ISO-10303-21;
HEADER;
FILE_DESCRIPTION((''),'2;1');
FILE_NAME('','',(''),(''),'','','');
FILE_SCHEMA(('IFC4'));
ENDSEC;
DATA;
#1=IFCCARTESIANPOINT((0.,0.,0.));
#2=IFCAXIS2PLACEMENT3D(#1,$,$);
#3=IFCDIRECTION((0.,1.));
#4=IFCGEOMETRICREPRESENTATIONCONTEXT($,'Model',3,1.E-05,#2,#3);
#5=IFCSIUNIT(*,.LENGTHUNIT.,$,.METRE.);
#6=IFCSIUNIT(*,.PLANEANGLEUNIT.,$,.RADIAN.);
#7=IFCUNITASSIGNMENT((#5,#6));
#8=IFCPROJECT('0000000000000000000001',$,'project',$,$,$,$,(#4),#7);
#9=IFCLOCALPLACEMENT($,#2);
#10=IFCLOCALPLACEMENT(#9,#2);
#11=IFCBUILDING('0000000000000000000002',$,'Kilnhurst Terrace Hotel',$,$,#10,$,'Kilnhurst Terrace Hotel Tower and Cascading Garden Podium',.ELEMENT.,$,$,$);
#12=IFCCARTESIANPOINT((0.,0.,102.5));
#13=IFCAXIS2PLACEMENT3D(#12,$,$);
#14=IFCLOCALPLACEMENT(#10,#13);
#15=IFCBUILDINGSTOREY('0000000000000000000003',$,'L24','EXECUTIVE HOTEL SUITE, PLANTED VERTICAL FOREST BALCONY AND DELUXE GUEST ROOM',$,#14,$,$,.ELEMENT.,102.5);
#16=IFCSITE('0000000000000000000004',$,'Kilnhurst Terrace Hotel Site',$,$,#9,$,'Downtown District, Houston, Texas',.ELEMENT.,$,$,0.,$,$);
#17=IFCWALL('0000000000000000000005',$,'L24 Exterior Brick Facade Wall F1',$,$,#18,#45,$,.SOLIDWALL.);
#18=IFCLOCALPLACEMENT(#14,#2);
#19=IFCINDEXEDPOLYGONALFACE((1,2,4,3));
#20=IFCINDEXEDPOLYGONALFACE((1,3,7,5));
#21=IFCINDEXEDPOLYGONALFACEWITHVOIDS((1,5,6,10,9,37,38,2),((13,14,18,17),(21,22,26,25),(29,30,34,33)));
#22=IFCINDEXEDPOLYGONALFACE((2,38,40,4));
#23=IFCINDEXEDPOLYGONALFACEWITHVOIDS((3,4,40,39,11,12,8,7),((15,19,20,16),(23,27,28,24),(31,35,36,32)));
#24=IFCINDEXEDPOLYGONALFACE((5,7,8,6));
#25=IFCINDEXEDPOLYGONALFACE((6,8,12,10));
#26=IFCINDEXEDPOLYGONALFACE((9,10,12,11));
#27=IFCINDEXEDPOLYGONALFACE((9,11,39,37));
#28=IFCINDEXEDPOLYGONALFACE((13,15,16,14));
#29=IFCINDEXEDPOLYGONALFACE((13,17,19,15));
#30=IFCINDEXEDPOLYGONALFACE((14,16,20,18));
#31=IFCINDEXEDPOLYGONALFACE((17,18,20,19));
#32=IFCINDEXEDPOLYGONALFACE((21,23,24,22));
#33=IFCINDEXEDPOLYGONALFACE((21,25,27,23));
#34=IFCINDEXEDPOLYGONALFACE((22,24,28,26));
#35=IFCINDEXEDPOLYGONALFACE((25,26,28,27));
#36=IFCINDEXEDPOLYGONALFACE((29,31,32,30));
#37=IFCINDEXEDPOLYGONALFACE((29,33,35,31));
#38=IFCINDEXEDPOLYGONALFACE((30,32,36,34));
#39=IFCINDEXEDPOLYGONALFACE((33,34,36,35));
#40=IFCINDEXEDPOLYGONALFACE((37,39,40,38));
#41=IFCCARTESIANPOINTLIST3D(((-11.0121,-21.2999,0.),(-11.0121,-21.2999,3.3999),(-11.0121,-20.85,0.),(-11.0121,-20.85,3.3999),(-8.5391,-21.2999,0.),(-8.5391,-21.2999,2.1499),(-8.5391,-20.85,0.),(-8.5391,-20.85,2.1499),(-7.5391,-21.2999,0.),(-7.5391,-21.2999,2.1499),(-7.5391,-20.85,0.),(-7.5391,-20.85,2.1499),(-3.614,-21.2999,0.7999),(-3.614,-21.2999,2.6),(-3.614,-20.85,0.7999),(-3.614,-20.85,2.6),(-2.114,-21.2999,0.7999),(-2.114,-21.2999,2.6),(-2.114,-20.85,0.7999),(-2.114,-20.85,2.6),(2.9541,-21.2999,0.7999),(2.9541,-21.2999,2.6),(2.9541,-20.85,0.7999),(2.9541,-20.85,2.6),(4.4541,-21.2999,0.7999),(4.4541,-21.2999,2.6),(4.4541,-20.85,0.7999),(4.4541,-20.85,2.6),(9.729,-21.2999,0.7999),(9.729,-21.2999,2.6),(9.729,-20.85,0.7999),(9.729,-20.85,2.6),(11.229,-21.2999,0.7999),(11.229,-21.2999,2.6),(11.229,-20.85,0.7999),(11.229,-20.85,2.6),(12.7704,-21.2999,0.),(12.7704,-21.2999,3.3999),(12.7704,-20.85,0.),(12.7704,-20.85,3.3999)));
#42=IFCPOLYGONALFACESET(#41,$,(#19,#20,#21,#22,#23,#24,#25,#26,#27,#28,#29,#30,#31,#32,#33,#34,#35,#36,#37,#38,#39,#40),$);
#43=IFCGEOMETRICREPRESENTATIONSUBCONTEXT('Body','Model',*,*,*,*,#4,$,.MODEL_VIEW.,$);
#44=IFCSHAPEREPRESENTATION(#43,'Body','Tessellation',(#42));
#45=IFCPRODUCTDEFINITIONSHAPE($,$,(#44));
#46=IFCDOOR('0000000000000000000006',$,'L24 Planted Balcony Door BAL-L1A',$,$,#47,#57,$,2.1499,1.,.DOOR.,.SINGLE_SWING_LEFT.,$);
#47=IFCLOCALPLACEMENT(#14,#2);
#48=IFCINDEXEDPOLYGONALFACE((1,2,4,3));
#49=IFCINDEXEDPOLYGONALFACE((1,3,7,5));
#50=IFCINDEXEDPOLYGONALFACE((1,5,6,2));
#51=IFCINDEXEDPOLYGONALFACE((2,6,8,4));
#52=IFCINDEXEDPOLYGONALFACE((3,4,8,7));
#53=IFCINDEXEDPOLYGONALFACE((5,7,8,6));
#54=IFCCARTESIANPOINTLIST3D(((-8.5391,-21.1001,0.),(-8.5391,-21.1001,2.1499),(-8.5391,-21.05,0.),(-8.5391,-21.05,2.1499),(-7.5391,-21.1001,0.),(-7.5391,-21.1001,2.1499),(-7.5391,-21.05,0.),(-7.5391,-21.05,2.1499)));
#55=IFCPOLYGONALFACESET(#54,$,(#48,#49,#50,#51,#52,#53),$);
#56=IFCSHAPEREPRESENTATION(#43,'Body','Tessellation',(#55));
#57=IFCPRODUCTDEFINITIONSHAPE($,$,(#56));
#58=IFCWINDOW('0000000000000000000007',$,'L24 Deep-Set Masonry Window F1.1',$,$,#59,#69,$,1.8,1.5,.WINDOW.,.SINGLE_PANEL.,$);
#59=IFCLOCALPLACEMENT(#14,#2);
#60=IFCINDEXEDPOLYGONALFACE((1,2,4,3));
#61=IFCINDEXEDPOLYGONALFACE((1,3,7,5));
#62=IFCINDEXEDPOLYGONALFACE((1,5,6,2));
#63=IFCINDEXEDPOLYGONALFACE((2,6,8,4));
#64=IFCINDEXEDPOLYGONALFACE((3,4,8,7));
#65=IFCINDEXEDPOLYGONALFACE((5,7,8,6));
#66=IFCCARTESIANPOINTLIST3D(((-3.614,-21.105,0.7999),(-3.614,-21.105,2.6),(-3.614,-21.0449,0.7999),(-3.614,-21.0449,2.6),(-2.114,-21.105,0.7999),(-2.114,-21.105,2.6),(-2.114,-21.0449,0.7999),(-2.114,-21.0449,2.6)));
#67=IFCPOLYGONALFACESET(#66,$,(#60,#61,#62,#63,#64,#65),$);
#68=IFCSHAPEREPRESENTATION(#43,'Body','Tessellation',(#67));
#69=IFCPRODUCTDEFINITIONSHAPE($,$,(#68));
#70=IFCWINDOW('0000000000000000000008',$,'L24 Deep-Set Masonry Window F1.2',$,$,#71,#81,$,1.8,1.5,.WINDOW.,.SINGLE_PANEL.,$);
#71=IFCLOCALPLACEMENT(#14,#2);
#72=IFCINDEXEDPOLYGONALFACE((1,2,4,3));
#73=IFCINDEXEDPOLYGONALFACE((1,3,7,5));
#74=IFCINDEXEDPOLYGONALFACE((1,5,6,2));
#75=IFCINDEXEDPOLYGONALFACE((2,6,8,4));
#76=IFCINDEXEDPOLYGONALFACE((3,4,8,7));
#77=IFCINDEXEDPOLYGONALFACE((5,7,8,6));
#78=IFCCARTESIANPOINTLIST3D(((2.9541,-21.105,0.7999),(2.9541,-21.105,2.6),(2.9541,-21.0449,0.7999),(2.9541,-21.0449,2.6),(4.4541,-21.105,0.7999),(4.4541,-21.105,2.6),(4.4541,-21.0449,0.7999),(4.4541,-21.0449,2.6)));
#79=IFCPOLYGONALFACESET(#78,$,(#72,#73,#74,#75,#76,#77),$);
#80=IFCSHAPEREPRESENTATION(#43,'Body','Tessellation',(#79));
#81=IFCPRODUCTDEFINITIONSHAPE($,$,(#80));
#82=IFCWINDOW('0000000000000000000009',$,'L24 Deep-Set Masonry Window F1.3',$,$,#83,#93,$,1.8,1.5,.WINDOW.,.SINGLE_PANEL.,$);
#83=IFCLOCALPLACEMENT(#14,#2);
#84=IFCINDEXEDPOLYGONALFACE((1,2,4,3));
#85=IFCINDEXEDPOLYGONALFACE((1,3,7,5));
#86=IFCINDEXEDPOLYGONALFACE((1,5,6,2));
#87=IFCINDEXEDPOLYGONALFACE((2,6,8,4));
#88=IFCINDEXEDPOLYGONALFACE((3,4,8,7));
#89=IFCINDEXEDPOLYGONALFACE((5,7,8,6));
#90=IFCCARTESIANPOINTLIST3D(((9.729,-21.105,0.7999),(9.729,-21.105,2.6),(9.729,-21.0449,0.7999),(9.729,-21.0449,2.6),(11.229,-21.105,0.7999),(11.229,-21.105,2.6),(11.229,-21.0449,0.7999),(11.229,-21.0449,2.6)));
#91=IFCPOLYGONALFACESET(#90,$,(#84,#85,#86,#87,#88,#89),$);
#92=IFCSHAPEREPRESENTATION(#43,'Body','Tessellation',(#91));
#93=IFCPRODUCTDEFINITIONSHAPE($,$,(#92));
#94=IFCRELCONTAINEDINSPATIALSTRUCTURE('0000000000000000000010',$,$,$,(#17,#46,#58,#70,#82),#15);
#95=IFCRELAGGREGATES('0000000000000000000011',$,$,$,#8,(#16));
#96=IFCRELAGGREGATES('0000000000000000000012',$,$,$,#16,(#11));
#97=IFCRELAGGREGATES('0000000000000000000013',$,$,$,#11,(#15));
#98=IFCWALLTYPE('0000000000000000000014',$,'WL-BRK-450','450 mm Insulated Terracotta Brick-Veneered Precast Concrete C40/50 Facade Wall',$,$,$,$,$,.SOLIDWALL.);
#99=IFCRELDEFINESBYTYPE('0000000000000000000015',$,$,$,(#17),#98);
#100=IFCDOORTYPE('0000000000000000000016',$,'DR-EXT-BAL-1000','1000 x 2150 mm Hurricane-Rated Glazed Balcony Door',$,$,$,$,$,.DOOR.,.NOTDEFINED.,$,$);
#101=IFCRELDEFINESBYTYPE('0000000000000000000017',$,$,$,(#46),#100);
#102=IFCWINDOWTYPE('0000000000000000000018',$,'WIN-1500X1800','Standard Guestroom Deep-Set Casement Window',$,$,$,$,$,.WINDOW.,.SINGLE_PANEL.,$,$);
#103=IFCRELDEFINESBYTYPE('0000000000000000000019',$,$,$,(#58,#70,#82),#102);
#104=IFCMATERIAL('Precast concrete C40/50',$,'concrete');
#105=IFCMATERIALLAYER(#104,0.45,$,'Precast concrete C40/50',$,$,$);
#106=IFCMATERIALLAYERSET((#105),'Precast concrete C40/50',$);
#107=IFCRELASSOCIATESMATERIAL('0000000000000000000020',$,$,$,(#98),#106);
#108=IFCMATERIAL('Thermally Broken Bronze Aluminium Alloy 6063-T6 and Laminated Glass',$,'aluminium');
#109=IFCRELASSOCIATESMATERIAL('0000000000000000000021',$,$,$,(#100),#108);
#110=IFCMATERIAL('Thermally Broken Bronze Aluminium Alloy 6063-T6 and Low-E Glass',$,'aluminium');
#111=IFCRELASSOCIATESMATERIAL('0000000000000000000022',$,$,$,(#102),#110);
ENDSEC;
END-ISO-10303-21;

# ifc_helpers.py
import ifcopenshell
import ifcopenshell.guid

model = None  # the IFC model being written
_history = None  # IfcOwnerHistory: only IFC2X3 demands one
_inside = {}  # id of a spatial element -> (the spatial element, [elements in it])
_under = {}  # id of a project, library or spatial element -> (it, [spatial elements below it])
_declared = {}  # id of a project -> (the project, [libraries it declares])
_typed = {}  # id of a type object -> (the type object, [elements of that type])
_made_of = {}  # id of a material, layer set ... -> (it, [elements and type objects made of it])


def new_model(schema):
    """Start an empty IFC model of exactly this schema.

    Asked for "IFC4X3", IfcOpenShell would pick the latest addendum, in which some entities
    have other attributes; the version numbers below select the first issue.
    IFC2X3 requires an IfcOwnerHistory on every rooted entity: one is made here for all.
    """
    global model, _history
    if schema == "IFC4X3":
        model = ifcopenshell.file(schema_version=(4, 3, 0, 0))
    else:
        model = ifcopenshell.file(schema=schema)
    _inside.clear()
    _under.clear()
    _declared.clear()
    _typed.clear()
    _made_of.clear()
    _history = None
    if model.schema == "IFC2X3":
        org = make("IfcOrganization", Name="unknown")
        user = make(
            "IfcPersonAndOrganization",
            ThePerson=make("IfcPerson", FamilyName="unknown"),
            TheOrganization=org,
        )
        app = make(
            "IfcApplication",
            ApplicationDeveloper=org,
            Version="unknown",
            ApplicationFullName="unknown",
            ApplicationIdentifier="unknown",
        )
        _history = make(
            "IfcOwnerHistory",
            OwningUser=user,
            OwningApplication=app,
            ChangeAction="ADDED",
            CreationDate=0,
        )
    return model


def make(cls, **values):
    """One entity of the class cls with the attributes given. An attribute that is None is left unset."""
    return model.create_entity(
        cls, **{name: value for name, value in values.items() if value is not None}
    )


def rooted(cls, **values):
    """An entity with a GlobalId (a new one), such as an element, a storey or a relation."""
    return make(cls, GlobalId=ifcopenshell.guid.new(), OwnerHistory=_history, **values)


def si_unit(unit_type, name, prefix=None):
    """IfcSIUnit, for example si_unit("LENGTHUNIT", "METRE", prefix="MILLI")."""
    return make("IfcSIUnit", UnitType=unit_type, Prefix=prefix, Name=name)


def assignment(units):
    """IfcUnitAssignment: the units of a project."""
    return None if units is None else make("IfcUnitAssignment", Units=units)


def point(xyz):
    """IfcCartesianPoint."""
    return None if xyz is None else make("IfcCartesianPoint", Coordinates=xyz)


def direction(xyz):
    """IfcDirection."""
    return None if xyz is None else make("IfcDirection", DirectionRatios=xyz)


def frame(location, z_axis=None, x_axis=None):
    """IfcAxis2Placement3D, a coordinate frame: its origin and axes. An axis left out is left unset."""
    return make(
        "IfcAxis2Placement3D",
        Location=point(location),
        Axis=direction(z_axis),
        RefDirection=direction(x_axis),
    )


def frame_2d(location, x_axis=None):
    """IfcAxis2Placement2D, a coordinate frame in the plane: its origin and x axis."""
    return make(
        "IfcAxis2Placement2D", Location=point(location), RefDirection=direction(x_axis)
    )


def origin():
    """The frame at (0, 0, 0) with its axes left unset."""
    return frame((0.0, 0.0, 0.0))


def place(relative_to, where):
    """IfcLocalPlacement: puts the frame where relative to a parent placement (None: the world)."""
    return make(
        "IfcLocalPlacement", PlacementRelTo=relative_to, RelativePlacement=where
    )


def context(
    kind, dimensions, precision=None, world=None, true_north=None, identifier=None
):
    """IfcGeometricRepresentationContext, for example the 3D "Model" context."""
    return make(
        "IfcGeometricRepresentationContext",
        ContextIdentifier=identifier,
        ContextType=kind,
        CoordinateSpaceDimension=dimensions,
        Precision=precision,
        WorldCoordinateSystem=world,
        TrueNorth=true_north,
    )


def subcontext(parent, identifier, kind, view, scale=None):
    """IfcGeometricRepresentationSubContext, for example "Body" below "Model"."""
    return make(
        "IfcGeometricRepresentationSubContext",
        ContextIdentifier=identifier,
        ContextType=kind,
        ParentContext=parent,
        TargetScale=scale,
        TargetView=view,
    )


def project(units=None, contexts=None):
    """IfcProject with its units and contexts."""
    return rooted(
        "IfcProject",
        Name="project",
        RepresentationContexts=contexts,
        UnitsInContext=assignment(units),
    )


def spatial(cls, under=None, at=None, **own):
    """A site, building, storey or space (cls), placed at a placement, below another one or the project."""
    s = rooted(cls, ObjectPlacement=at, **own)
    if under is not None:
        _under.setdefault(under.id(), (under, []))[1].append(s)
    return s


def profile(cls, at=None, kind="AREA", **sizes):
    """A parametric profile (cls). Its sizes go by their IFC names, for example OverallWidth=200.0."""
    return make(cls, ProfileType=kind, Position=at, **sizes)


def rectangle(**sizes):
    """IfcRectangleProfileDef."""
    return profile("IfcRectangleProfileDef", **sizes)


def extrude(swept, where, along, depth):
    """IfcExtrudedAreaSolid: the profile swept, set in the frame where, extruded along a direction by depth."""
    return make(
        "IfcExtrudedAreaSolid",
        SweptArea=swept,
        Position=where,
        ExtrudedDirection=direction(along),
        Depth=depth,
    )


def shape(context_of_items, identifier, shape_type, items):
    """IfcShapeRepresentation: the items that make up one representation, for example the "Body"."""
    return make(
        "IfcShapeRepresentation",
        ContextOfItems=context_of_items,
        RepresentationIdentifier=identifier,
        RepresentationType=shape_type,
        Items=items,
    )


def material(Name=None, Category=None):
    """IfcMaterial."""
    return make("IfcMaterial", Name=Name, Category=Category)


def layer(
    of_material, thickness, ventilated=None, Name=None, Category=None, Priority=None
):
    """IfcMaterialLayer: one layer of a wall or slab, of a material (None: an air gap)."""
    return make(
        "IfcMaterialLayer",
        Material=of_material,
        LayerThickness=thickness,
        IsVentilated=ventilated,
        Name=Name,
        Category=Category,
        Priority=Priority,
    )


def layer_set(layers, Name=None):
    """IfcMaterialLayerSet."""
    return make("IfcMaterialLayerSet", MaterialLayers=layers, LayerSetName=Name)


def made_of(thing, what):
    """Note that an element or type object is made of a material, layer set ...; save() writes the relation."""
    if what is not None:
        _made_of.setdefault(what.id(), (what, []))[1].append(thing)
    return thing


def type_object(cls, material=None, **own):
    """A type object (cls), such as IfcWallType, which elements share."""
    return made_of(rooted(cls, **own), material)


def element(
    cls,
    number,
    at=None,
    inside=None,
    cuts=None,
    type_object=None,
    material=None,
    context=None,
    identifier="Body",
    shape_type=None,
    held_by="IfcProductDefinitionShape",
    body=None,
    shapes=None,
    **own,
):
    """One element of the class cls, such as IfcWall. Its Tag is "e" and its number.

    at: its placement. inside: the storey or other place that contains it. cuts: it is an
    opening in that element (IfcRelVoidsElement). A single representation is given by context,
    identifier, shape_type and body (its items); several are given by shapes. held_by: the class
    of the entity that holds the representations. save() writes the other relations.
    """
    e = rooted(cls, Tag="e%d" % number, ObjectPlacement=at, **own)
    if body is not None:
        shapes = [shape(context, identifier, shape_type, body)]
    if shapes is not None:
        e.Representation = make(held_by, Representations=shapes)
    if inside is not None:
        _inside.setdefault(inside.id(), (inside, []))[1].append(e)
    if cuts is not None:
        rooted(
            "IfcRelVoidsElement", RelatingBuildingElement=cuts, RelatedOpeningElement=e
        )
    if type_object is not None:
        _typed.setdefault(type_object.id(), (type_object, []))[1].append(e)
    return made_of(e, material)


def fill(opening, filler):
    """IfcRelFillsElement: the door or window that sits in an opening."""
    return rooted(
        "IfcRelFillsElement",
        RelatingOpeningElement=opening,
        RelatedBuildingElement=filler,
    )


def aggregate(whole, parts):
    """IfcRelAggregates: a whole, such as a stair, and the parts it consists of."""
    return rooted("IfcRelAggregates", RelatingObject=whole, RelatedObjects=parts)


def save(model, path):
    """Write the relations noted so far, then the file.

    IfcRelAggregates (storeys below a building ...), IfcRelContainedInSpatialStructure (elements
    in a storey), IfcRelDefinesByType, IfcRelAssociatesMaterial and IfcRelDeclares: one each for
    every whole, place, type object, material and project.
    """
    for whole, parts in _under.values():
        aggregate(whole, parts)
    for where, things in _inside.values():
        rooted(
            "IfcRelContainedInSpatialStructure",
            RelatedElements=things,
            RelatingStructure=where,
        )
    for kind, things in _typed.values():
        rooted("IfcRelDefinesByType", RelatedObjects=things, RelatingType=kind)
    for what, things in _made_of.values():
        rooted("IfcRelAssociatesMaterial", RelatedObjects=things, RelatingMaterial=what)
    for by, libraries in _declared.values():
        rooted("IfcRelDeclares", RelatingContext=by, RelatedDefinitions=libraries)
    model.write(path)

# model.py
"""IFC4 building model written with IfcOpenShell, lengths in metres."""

from ifc_helpers import new_model, si_unit, direction, frame, frame_2d, origin, place, context, subcontext, project, spatial, rectangle, extrude, material, layer, layer_set, type_object, element, fill, save


model = new_model("IFC4")

# Units and contexts
model_context = context("Model", 3, precision=1e-05, world=origin(), true_north=direction((0.0, 1.0)))
body_context = subcontext(model_context, "Body", "Model", "MODEL_VIEW")
ifc_project = project(units=[si_unit("LENGTHUNIT", "METRE"), si_unit("PLANEANGLEUNIT", "RADIAN")], contexts=[model_context])

# Site, building, storey
site_placement = place(None, origin())
site = spatial("IfcSite", under=ifc_project, at=site_placement, Name="Kilnhurst Terrace Hotel Site", LongName="Downtown District, Houston, Texas", CompositionType="ELEMENT", RefElevation=0.0)
building_placement = place(site_placement, origin())
building = spatial("IfcBuilding", under=site, at=building_placement, Name="Kilnhurst Terrace Hotel", LongName="Kilnhurst Terrace Hotel Tower and Cascading Garden Podium", CompositionType="ELEMENT")
storey_placement = place(building_placement, frame((0.0, 0.0, 102.5)))
storey = spatial("IfcBuildingStorey", under=building, at=storey_placement, Name="L24", Description="EXECUTIVE HOTEL SUITE, PLANTED VERTICAL FOREST BALCONY AND DELUXE GUEST ROOM", CompositionType="ELEMENT", Elevation=102.5)

# Shared definitions
ifc_material_1 = material(Name="Precast concrete C40/50", Category="concrete")
ifc_layer_1 = layer(ifc_material_1, 0.45, Name="Precast concrete C40/50")
ifc_layer_set_1 = layer_set([ifc_layer_1], Name="Precast concrete C40/50")
wall_type_1 = type_object("IfcWallType", Name="WL-BRK-450", Description="450 mm Insulated Terracotta Brick-Veneered Precast Concrete C40/50 Facade Wall", PredefinedType="SOLIDWALL", material=ifc_layer_set_1)

# Wall, openings, door, windows
wall_1_placement = place(storey_placement, frame((-11.012, -21.075, 0.0), z_axis=(0.0, 0.0, 1.0), x_axis=(1.0, 0.0, 0.0)))
wall_1 = element("IfcWall", 1, at=wall_1_placement, inside=storey, type_object=wall_type_1, Name="L24 Exterior Brick Facade Wall F1", PredefinedType="SOLIDWALL", context=body_context, shape_type="SweptSolid", body=[
    extrude(rectangle(XDim=23.7825, YDim=0.45, at=frame_2d((11.8911, 0.0))), origin(), (0.0, 0.0, 1.0), 3.3999),
])
opening_1_placement = place(wall_1_placement, frame((2.4729, 0.0, 0.0)))
opening_1 = element("IfcOpeningElement", 2, at=opening_1_placement, cuts=wall_1, PredefinedType="OPENING", context=body_context, shape_type="SweptSolid", body=[
    extrude(rectangle(XDim=1.0, YDim=2.1499, at=frame_2d((0.5, 1.075))), frame((0.0, 0.2349, 0.0), z_axis=(0.0, -1.0, 0.0), x_axis=(1.0, 0.0, 0.0)), (0.0, 0.0, 1.0), 0.47),
])
opening_2_placement = place(wall_1_placement, frame((7.3979, 0.0, 0.8)))
opening_2 = element("IfcOpeningElement", 3, at=opening_2_placement, cuts=wall_1, PredefinedType="OPENING", context=body_context, shape_type="SweptSolid", body=[
    extrude(rectangle(XDim=1.5, YDim=1.8, at=frame_2d((0.75, 0.8999))), frame((0.0, 0.2349, 0.0), z_axis=(0.0, -1.0, 0.0), x_axis=(1.0, 0.0, 0.0)), (0.0, 0.0, 1.0), 0.47),
])
opening_3_placement = place(wall_1_placement, frame((13.9661, 0.0, 0.8)))
opening_3 = element("IfcOpeningElement", 4, at=opening_3_placement, cuts=wall_1, PredefinedType="OPENING", context=body_context, shape_type="SweptSolid", body=[
    extrude(rectangle(XDim=1.5, YDim=1.8, at=frame_2d((0.75, 0.8999))), frame((0.0, 0.2349, 0.0), z_axis=(0.0, -1.0, 0.0), x_axis=(1.0, 0.0, 0.0)), (0.0, 0.0, 1.0), 0.47),
])
opening_4_placement = place(wall_1_placement, frame((20.741, 0.0, 0.8)))
opening_4 = element("IfcOpeningElement", 5, at=opening_4_placement, cuts=wall_1, PredefinedType="OPENING", context=body_context, shape_type="SweptSolid", body=[
    extrude(rectangle(XDim=1.5, YDim=1.8, at=frame_2d((0.75, 0.8999))), frame((0.0, 0.2349, 0.0), z_axis=(0.0, -1.0, 0.0), x_axis=(1.0, 0.0, 0.0)), (0.0, 0.0, 1.0), 0.47),
])
ifc_material_2 = material(Name="Thermally Broken Bronze Aluminium Alloy 6063-T6 and Laminated Glass", Category="aluminium")
door_type_1 = type_object("IfcDoorType", Name="DR-EXT-BAL-1000", Description="1000 x 2150 mm Hurricane-Rated Glazed Balcony Door", OperationType="NOTDEFINED", PredefinedType="DOOR", material=ifc_material_2)
door_1_placement = place(opening_1_placement, origin())
door_1 = element("IfcDoor", 6, at=door_1_placement, inside=storey, type_object=door_type_1, Name="L24 Planted Balcony Door BAL-L1A", OperationType="SINGLE_SWING_LEFT", OverallHeight=2.1499, OverallWidth=1.0, PredefinedType="DOOR", context=body_context, shape_type="SweptSolid", body=[
    extrude(rectangle(XDim=1.0, YDim=2.1499, at=frame_2d((0.5, 1.075))), frame((0.0, 0.0249, 0.0), z_axis=(0.0, -1.0, 0.0), x_axis=(1.0, 0.0, 0.0)), (0.0, 0.0, 1.0), 0.05),
])
fill(opening_1, door_1)
ifc_material_3 = material(Name="Thermally Broken Bronze Aluminium Alloy 6063-T6 and Low-E Glass", Category="aluminium")
window_type = type_object("IfcWindowType", Name="WIN-1500X1800", Description="Standard Guestroom Deep-Set Casement Window", PartitioningType="SINGLE_PANEL", PredefinedType="WINDOW", material=ifc_material_3)
window_1_placement = place(opening_2_placement, origin())
window_1 = element("IfcWindow", 7, at=window_1_placement, inside=storey, type_object=window_type, Name="L24 Deep-Set Masonry Window F1.1", OverallHeight=1.8, OverallWidth=1.5, PartitioningType="SINGLE_PANEL", PredefinedType="WINDOW", context=body_context, shape_type="SweptSolid", body=[
    extrude(rectangle(XDim=1.5, YDim=1.8, at=frame_2d((0.75, 0.8999))), frame((0.0, 0.03, 0.0), z_axis=(0.0, -1.0, 0.0), x_axis=(1.0, 0.0, 0.0)), (0.0, 0.0, 1.0), 0.0601),
])
fill(opening_2, window_1)
window_2_placement = place(opening_3_placement, origin())
window_2 = element("IfcWindow", 8, at=window_2_placement, inside=storey, type_object=window_type, Name="L24 Deep-Set Masonry Window F1.2", OverallHeight=1.8, OverallWidth=1.5, PartitioningType="SINGLE_PANEL", PredefinedType="WINDOW", context=body_context, shape_type="SweptSolid", body=[
    extrude(rectangle(XDim=1.5, YDim=1.8, at=frame_2d((0.75, 0.8999))), frame((0.0, 0.03, 0.0), z_axis=(0.0, -1.0, 0.0), x_axis=(1.0, 0.0, 0.0)), (0.0, 0.0, 1.0), 0.0601),
])
fill(opening_3, window_2)
window_3_placement = place(opening_4_placement, origin())
window_3 = element("IfcWindow", 9, at=window_3_placement, inside=storey, type_object=window_type, Name="L24 Deep-Set Masonry Window F1.3", OverallHeight=1.8, OverallWidth=1.5, PartitioningType="SINGLE_PANEL", PredefinedType="WINDOW", context=body_context, shape_type="SweptSolid", body=[
    extrude(rectangle(XDim=1.5, YDim=1.8, at=frame_2d((0.75, 0.8999))), frame((0.0, 0.03, 0.0), z_axis=(0.0, -1.0, 0.0), x_axis=(1.0, 0.0, 0.0)), (0.0, 0.0, 1.0), 0.0601),
])
fill(opening_4, window_3)

save(model, "model.ifc")
